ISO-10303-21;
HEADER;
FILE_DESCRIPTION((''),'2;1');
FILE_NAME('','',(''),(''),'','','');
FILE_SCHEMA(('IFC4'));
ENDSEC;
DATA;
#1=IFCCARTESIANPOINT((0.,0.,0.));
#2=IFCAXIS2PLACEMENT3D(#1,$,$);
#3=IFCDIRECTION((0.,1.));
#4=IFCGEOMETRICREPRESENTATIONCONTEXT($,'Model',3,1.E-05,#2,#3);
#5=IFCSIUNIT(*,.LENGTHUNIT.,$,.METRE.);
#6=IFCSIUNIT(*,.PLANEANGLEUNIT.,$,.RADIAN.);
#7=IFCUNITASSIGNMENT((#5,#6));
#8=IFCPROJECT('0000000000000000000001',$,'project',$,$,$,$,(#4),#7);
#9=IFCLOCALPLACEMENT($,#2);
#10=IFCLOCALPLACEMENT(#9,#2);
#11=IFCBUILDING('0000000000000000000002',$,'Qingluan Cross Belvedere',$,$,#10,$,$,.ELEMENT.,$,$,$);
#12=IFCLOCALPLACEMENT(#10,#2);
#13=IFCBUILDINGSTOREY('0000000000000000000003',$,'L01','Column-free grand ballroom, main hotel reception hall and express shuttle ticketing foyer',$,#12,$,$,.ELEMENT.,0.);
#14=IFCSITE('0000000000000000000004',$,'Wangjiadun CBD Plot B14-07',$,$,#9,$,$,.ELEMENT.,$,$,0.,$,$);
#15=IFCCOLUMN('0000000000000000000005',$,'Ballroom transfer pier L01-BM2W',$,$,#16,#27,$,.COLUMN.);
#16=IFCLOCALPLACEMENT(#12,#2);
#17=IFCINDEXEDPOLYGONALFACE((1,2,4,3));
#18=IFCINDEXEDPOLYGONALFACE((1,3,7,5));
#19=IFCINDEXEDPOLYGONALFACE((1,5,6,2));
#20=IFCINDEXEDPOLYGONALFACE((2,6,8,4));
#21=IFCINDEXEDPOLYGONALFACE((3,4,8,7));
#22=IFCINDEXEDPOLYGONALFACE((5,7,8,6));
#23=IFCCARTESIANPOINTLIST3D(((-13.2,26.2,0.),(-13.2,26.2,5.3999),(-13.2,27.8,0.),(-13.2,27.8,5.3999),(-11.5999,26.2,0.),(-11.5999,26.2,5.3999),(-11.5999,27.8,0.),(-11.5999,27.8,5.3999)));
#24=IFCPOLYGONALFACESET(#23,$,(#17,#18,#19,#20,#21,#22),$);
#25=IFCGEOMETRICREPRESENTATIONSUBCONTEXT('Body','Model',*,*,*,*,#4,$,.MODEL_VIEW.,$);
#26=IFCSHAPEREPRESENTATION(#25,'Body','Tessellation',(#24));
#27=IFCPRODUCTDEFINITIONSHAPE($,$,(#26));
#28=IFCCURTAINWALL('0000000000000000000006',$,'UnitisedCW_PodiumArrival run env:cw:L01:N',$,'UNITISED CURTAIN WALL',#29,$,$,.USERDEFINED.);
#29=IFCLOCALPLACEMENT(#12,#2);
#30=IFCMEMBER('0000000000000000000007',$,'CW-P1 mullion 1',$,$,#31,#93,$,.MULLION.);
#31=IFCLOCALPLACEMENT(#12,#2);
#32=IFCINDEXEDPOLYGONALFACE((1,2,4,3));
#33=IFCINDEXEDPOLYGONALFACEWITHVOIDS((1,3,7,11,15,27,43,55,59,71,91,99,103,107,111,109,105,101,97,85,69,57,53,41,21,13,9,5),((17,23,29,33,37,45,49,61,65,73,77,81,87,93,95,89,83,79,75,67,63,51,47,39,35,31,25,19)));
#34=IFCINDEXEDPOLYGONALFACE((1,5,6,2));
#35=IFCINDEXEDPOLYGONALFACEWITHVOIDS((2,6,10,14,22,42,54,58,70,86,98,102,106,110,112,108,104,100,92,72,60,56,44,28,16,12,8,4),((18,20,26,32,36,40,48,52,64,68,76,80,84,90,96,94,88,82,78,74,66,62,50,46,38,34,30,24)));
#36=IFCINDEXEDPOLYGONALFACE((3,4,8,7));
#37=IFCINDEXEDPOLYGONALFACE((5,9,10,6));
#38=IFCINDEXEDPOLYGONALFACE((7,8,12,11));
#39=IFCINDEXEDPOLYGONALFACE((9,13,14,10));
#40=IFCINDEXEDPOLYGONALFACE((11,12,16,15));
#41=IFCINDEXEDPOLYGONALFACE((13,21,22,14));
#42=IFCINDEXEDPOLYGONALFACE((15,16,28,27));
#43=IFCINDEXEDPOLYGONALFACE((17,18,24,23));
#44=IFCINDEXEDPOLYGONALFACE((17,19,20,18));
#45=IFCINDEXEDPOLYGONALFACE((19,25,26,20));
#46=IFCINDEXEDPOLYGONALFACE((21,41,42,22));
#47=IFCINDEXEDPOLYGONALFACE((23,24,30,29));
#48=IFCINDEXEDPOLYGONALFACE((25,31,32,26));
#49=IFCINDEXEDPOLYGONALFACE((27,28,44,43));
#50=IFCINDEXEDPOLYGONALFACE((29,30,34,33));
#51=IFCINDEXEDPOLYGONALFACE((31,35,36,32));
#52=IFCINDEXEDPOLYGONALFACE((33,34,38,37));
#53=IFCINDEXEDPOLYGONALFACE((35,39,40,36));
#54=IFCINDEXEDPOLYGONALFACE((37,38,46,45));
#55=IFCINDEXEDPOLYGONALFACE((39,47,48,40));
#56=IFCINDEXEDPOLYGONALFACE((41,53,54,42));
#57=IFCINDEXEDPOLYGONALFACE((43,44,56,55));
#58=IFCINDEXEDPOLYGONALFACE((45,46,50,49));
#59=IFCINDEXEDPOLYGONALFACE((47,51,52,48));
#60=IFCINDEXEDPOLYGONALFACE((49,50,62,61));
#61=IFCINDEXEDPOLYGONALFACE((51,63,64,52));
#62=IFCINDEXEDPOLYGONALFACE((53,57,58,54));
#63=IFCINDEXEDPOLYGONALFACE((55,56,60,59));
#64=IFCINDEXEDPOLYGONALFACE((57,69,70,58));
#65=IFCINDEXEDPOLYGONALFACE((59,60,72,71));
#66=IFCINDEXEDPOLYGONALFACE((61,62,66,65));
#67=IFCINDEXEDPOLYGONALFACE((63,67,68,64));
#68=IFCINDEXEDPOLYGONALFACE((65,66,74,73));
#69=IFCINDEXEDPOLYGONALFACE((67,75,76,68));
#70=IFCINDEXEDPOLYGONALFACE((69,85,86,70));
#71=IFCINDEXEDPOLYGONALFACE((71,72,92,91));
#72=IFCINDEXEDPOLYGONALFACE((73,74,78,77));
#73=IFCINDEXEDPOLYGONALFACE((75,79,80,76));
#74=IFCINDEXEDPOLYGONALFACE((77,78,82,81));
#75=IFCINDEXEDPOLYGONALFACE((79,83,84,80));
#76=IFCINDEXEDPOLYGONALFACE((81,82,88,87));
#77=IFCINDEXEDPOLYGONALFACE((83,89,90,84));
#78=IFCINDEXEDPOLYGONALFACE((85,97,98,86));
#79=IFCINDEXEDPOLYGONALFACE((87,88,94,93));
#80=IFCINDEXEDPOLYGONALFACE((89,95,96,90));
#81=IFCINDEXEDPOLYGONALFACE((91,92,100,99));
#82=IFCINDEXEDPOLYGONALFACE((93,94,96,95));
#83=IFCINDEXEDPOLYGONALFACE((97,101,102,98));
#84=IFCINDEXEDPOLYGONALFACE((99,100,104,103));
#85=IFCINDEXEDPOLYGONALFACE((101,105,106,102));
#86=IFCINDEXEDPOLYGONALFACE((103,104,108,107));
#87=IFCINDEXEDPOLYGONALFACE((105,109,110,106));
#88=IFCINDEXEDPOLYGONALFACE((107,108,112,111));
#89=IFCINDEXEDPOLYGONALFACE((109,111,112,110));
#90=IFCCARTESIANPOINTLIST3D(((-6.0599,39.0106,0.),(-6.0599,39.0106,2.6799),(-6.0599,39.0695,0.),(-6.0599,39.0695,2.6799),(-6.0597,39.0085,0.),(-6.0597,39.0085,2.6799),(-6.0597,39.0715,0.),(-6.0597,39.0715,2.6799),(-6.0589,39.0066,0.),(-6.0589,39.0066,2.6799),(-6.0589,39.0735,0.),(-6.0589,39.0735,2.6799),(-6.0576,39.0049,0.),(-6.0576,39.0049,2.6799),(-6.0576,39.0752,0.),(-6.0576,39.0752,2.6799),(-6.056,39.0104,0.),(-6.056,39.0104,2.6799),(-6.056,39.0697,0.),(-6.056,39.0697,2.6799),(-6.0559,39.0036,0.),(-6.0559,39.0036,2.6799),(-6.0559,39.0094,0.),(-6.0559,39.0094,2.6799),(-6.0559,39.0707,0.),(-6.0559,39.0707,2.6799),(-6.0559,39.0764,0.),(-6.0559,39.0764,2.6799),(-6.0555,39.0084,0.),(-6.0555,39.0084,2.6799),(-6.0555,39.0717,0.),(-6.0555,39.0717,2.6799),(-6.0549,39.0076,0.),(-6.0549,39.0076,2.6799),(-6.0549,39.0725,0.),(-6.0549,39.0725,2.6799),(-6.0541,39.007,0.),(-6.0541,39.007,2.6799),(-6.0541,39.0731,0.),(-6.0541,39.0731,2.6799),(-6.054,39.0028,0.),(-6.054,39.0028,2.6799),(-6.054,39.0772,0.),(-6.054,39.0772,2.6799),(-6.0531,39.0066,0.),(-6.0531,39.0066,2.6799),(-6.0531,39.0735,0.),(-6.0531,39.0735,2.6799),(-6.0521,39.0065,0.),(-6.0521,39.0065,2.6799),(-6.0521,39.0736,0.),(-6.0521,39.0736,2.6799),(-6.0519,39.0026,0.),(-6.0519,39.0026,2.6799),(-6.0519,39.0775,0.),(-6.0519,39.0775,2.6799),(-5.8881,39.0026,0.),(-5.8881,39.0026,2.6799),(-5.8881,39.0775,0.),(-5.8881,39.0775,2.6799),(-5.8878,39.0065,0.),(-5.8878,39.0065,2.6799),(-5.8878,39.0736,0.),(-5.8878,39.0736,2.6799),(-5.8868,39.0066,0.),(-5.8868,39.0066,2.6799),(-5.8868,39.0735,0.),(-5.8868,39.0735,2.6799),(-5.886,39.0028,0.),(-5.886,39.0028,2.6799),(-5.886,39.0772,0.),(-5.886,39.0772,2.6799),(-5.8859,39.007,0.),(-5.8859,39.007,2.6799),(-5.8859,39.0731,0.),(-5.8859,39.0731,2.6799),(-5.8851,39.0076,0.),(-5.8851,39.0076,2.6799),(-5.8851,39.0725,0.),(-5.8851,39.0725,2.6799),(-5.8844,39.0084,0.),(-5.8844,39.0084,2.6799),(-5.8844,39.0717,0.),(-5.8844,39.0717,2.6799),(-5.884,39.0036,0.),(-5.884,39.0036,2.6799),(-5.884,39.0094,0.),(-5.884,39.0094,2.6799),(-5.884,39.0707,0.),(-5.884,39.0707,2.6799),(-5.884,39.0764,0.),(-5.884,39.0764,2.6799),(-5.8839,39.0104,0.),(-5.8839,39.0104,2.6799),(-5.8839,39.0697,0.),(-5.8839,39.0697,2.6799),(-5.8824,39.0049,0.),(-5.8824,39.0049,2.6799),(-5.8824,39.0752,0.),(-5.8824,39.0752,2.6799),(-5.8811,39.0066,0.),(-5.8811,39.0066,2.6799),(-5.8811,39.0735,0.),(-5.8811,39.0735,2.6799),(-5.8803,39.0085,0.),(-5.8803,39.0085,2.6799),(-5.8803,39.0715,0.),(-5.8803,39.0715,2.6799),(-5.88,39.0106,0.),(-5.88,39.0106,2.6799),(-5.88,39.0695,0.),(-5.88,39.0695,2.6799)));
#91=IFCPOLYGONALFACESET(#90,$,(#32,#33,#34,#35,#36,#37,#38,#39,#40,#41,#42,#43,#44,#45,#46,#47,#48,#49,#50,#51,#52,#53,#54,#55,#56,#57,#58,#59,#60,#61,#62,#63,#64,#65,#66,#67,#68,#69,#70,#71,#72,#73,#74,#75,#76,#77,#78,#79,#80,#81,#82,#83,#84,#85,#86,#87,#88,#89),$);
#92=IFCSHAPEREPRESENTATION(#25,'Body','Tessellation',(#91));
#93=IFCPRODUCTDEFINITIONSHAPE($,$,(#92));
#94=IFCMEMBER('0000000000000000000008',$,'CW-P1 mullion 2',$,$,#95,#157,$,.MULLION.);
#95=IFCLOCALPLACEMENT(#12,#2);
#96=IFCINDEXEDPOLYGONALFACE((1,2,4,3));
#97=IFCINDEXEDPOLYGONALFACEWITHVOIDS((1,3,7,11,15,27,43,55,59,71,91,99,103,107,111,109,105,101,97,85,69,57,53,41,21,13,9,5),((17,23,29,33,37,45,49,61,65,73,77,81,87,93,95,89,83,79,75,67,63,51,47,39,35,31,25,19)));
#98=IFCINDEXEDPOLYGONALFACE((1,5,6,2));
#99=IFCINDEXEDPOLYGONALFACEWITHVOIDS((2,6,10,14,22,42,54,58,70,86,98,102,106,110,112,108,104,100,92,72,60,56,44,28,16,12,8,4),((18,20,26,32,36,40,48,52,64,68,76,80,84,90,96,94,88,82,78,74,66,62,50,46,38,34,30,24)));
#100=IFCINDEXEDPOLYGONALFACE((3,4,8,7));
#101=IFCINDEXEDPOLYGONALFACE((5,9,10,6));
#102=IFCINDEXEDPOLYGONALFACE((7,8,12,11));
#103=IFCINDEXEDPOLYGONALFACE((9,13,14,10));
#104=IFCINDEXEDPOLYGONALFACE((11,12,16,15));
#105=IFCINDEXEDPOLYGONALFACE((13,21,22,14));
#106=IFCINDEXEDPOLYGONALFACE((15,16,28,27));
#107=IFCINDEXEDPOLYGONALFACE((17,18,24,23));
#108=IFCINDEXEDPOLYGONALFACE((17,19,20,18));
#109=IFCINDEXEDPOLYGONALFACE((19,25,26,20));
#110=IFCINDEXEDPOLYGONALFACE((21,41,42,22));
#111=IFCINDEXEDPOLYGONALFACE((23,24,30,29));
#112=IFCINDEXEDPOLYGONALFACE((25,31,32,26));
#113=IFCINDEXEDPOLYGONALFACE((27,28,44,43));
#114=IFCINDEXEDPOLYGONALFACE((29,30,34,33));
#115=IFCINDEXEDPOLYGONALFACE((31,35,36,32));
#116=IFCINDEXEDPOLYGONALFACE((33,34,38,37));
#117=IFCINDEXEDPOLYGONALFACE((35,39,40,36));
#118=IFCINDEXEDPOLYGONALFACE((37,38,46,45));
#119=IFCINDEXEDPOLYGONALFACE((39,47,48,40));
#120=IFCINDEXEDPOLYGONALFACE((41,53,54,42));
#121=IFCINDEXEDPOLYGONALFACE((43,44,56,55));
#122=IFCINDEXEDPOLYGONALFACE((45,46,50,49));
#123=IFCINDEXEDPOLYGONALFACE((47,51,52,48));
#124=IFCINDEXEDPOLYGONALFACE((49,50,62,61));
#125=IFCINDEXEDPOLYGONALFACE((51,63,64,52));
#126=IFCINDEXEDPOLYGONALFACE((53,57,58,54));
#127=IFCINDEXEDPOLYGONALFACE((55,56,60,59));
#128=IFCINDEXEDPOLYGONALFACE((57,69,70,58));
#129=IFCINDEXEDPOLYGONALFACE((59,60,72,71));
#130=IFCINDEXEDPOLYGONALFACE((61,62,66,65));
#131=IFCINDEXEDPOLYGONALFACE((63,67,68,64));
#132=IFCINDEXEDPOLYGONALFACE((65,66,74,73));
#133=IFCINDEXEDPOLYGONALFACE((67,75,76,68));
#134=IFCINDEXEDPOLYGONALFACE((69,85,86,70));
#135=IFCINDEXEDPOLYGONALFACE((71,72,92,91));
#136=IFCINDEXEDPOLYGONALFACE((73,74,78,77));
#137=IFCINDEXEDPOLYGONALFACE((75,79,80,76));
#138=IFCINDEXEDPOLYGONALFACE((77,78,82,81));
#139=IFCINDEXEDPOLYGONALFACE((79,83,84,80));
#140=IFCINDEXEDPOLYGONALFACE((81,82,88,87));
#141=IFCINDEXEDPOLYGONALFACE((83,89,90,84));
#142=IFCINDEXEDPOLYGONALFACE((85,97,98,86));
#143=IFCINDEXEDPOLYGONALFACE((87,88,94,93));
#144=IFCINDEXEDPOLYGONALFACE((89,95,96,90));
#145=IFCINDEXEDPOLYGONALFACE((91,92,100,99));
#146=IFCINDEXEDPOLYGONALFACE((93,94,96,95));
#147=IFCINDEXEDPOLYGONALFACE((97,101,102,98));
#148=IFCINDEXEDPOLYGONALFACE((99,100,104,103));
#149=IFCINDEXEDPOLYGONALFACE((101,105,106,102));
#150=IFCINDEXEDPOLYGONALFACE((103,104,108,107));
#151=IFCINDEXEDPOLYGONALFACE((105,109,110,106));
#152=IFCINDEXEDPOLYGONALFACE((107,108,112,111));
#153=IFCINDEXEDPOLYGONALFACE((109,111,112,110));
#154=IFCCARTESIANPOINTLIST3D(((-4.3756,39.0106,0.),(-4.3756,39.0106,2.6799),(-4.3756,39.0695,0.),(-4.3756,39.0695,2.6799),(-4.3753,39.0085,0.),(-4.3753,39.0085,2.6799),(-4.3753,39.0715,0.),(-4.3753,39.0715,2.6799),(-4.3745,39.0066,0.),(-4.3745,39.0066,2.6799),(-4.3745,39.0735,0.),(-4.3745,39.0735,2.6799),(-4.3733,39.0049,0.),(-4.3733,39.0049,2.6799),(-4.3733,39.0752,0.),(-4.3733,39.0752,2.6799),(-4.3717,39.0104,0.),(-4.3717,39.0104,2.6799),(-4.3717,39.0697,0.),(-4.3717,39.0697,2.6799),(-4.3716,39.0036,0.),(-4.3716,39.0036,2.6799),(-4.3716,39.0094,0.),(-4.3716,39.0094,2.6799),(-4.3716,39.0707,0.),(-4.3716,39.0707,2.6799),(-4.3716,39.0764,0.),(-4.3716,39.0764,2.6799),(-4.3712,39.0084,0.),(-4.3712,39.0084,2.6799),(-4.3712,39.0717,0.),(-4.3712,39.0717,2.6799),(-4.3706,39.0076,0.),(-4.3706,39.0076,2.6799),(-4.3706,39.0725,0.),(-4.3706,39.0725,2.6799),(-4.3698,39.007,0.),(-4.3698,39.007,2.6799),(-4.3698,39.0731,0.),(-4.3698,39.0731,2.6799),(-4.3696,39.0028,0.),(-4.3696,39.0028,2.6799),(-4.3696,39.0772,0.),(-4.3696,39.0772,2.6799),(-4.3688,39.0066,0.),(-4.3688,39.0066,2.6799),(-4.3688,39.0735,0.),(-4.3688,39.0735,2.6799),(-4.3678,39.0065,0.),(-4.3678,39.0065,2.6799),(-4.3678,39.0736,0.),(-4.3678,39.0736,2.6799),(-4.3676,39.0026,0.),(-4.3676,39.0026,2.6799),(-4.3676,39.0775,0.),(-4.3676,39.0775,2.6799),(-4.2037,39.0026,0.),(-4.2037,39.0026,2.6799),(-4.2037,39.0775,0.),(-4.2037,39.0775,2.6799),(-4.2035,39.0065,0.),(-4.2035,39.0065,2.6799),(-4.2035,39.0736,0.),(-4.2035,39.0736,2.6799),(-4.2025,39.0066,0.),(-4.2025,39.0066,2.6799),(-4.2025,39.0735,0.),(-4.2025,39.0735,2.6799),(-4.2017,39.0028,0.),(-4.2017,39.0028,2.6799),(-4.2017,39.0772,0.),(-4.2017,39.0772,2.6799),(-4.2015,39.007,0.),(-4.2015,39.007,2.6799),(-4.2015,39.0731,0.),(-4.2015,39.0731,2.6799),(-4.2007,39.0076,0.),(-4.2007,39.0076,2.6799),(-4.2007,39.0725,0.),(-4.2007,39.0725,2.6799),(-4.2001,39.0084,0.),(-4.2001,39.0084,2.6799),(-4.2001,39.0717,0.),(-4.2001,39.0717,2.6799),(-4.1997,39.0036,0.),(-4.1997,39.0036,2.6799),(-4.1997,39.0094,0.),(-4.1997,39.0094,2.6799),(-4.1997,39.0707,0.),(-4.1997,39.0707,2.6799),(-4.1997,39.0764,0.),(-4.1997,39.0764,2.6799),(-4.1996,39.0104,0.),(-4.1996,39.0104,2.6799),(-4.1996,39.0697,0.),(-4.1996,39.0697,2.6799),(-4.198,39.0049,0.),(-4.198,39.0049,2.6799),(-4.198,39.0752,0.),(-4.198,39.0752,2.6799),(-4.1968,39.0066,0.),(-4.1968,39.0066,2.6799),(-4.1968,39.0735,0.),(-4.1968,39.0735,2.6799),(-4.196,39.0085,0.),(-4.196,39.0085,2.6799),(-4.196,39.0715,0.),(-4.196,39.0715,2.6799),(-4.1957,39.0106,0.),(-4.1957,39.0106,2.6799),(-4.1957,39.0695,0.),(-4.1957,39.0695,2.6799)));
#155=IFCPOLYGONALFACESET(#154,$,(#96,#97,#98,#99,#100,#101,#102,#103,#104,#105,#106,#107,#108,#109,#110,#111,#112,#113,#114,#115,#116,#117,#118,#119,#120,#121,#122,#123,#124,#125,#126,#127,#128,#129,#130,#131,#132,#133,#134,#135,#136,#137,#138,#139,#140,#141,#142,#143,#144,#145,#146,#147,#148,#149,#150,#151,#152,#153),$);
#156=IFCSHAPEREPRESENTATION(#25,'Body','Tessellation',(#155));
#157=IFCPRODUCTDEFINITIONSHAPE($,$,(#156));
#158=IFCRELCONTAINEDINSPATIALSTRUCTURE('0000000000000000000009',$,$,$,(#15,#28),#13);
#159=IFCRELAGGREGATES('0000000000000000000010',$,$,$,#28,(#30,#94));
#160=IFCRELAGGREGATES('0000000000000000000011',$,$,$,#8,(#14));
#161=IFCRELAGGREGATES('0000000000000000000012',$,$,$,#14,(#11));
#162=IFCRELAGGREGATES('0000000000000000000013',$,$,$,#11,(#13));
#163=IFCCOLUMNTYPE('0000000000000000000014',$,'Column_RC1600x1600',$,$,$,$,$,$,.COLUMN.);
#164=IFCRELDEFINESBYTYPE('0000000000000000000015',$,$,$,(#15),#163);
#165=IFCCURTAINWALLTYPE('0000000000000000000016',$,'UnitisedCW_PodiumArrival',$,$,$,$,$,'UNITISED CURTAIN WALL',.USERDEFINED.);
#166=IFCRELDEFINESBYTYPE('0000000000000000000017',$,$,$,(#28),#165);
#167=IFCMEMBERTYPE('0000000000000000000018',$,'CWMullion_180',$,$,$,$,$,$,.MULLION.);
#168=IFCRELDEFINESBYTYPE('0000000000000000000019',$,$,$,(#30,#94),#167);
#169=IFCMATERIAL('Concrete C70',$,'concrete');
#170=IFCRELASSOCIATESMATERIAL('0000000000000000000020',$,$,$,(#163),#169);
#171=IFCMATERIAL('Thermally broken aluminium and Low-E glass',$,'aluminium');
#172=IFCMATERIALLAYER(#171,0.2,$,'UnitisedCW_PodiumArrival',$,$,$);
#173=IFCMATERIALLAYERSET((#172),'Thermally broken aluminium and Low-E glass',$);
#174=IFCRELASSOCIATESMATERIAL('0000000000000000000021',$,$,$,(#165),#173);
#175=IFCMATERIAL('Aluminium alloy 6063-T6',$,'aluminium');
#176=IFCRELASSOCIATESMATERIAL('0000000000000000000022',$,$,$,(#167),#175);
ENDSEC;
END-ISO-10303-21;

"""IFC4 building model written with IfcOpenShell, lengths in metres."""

from ifc_helpers import new_model, si_unit, direction, frame, origin, origin_2d, place, context, subcontext, project, spatial, rectangle, hollow_rectangle, extrude, material, layer, layer_set, material_profile, profile_set, type_object, element, aggregate, save


model = new_model("IFC4")

# Units and contexts
model_context = context("Model", 3, precision=1e-05, world=origin(), true_north=direction((0.0, 1.0)))
body_context = subcontext(model_context, "Body", "Model", "MODEL_VIEW")
ifc_project = project(units=[si_unit("LENGTHUNIT", "METRE"), si_unit("PLANEANGLEUNIT", "RADIAN")], contexts=[model_context])

# Site, building, storey
site_placement = place(None, origin())
site = spatial("IfcSite", under=ifc_project, at=site_placement, Name="Wangjiadun CBD Plot B14-07", CompositionType="ELEMENT", RefElevation=0.0)
building_placement = place(site_placement, origin())
building = spatial("IfcBuilding", under=site, at=building_placement, Name="Qingluan Cross Belvedere", CompositionType="ELEMENT")
storey_placement = place(building_placement, origin())
storey = spatial("IfcBuildingStorey", under=building, at=storey_placement, Name="L01", Description="Column-free grand ballroom, main hotel reception hall and express shuttle ticketing foyer", CompositionType="ELEMENT", Elevation=0.0)

# Column
ifc_material_1 = material(Name="Concrete C70", Category="concrete")
ifc_material_profile_1 = material_profile(ifc_material_1, rectangle(XDim=1.6001, YDim=1.6001, at=origin_2d()), Name="RC1600x1600")
ifc_profile_set_1 = profile_set([ifc_material_profile_1], Name="Concrete C70")
column_type = type_object("IfcColumnType", Name="Column_RC1600x1600", PredefinedType="COLUMN", material=ifc_profile_set_1)
column_placement = place(storey_placement, frame((-12.3999, 27.0, 0.0), z_axis=(0.0, 0.0, 1.0), x_axis=(1.0, 0.0, 0.0)))
element("IfcColumn", 1, at=column_placement, inside=storey, type_object=column_type, Name="Ballroom transfer pier L01-BM2W", PredefinedType="COLUMN", context=body_context, shape_type="SweptSolid", body=[
    extrude(rectangle(XDim=1.6001, YDim=1.6001, at=origin_2d()), origin(), (0.0, 0.0, 1.0), 5.3999),
])

# Curtain wall, members
ifc_material_2 = material(Name="Thermally broken aluminium and Low-E glass", Category="aluminium")
ifc_layer_1 = layer(ifc_material_2, 0.2, Name="UnitisedCW_PodiumArrival")
ifc_layer_set_1 = layer_set([ifc_layer_1], Name="Thermally broken aluminium and Low-E glass")
curtain_wall_type = type_object("IfcCurtainWallType", Name="UnitisedCW_PodiumArrival", ElementType="UNITISED CURTAIN WALL", PredefinedType="USERDEFINED", material=ifc_layer_set_1)
curtain_wall_placement = place(storey_placement, origin())
curtain_wall = element("IfcCurtainWall", 2, at=curtain_wall_placement, inside=storey, type_object=curtain_wall_type, Name="UnitisedCW_PodiumArrival run env:cw:L01:N", ObjectType="UNITISED CURTAIN WALL", PredefinedType="USERDEFINED")
ifc_material_3 = material(Name="Aluminium alloy 6063-T6", Category="aluminium")
ifc_material_profile_2 = material_profile(ifc_material_3, hollow_rectangle(XDim=0.075, YDim=0.1799, WallThickness=0.0039, InnerFilletRadius=0.0039, OuterFilletRadius=0.0081, at=origin_2d()), Name="CWM180x75x4")
ifc_profile_set_2 = profile_set([ifc_material_profile_2], Name="Aluminium alloy 6063-T6")
member_type_1 = type_object("IfcMemberType", Name="CWMullion_180", PredefinedType="MULLION", material=ifc_profile_set_2)
member_1_placement = place(storey_placement, frame((-5.97, 39.04, 0.0), z_axis=(0.0, 0.0, 1.0), x_axis=(0.0, 1.0, 0.0)))
member_1 = element("IfcMember", 3, at=member_1_placement, type_object=member_type_1, Name="CW-P1 mullion 1", PredefinedType="MULLION", context=body_context, shape_type="SweptSolid", body=[
    extrude(hollow_rectangle(XDim=0.075, YDim=0.1799, WallThickness=0.0039, InnerFilletRadius=0.0039, OuterFilletRadius=0.0081, at=origin_2d()), origin(), (0.0, 0.0, 1.0), 2.6799),
])
member_2_placement = place(storey_placement, frame((-4.2856, 39.04, 0.0), z_axis=(0.0, 0.0, 1.0), x_axis=(0.0, 1.0, 0.0)))
member_2 = element("IfcMember", 4, at=member_2_placement, type_object=member_type_1, Name="CW-P1 mullion 2", PredefinedType="MULLION", context=body_context, shape_type="SweptSolid", body=[
    extrude(hollow_rectangle(XDim=0.075, YDim=0.1799, WallThickness=0.0039, InnerFilletRadius=0.0039, OuterFilletRadius=0.0081, at=origin_2d()), origin(), (0.0, 0.0, 1.0), 2.6799),
])

aggregate(curtain_wall, [member_1, member_2])

save(model, "model.ifc")
